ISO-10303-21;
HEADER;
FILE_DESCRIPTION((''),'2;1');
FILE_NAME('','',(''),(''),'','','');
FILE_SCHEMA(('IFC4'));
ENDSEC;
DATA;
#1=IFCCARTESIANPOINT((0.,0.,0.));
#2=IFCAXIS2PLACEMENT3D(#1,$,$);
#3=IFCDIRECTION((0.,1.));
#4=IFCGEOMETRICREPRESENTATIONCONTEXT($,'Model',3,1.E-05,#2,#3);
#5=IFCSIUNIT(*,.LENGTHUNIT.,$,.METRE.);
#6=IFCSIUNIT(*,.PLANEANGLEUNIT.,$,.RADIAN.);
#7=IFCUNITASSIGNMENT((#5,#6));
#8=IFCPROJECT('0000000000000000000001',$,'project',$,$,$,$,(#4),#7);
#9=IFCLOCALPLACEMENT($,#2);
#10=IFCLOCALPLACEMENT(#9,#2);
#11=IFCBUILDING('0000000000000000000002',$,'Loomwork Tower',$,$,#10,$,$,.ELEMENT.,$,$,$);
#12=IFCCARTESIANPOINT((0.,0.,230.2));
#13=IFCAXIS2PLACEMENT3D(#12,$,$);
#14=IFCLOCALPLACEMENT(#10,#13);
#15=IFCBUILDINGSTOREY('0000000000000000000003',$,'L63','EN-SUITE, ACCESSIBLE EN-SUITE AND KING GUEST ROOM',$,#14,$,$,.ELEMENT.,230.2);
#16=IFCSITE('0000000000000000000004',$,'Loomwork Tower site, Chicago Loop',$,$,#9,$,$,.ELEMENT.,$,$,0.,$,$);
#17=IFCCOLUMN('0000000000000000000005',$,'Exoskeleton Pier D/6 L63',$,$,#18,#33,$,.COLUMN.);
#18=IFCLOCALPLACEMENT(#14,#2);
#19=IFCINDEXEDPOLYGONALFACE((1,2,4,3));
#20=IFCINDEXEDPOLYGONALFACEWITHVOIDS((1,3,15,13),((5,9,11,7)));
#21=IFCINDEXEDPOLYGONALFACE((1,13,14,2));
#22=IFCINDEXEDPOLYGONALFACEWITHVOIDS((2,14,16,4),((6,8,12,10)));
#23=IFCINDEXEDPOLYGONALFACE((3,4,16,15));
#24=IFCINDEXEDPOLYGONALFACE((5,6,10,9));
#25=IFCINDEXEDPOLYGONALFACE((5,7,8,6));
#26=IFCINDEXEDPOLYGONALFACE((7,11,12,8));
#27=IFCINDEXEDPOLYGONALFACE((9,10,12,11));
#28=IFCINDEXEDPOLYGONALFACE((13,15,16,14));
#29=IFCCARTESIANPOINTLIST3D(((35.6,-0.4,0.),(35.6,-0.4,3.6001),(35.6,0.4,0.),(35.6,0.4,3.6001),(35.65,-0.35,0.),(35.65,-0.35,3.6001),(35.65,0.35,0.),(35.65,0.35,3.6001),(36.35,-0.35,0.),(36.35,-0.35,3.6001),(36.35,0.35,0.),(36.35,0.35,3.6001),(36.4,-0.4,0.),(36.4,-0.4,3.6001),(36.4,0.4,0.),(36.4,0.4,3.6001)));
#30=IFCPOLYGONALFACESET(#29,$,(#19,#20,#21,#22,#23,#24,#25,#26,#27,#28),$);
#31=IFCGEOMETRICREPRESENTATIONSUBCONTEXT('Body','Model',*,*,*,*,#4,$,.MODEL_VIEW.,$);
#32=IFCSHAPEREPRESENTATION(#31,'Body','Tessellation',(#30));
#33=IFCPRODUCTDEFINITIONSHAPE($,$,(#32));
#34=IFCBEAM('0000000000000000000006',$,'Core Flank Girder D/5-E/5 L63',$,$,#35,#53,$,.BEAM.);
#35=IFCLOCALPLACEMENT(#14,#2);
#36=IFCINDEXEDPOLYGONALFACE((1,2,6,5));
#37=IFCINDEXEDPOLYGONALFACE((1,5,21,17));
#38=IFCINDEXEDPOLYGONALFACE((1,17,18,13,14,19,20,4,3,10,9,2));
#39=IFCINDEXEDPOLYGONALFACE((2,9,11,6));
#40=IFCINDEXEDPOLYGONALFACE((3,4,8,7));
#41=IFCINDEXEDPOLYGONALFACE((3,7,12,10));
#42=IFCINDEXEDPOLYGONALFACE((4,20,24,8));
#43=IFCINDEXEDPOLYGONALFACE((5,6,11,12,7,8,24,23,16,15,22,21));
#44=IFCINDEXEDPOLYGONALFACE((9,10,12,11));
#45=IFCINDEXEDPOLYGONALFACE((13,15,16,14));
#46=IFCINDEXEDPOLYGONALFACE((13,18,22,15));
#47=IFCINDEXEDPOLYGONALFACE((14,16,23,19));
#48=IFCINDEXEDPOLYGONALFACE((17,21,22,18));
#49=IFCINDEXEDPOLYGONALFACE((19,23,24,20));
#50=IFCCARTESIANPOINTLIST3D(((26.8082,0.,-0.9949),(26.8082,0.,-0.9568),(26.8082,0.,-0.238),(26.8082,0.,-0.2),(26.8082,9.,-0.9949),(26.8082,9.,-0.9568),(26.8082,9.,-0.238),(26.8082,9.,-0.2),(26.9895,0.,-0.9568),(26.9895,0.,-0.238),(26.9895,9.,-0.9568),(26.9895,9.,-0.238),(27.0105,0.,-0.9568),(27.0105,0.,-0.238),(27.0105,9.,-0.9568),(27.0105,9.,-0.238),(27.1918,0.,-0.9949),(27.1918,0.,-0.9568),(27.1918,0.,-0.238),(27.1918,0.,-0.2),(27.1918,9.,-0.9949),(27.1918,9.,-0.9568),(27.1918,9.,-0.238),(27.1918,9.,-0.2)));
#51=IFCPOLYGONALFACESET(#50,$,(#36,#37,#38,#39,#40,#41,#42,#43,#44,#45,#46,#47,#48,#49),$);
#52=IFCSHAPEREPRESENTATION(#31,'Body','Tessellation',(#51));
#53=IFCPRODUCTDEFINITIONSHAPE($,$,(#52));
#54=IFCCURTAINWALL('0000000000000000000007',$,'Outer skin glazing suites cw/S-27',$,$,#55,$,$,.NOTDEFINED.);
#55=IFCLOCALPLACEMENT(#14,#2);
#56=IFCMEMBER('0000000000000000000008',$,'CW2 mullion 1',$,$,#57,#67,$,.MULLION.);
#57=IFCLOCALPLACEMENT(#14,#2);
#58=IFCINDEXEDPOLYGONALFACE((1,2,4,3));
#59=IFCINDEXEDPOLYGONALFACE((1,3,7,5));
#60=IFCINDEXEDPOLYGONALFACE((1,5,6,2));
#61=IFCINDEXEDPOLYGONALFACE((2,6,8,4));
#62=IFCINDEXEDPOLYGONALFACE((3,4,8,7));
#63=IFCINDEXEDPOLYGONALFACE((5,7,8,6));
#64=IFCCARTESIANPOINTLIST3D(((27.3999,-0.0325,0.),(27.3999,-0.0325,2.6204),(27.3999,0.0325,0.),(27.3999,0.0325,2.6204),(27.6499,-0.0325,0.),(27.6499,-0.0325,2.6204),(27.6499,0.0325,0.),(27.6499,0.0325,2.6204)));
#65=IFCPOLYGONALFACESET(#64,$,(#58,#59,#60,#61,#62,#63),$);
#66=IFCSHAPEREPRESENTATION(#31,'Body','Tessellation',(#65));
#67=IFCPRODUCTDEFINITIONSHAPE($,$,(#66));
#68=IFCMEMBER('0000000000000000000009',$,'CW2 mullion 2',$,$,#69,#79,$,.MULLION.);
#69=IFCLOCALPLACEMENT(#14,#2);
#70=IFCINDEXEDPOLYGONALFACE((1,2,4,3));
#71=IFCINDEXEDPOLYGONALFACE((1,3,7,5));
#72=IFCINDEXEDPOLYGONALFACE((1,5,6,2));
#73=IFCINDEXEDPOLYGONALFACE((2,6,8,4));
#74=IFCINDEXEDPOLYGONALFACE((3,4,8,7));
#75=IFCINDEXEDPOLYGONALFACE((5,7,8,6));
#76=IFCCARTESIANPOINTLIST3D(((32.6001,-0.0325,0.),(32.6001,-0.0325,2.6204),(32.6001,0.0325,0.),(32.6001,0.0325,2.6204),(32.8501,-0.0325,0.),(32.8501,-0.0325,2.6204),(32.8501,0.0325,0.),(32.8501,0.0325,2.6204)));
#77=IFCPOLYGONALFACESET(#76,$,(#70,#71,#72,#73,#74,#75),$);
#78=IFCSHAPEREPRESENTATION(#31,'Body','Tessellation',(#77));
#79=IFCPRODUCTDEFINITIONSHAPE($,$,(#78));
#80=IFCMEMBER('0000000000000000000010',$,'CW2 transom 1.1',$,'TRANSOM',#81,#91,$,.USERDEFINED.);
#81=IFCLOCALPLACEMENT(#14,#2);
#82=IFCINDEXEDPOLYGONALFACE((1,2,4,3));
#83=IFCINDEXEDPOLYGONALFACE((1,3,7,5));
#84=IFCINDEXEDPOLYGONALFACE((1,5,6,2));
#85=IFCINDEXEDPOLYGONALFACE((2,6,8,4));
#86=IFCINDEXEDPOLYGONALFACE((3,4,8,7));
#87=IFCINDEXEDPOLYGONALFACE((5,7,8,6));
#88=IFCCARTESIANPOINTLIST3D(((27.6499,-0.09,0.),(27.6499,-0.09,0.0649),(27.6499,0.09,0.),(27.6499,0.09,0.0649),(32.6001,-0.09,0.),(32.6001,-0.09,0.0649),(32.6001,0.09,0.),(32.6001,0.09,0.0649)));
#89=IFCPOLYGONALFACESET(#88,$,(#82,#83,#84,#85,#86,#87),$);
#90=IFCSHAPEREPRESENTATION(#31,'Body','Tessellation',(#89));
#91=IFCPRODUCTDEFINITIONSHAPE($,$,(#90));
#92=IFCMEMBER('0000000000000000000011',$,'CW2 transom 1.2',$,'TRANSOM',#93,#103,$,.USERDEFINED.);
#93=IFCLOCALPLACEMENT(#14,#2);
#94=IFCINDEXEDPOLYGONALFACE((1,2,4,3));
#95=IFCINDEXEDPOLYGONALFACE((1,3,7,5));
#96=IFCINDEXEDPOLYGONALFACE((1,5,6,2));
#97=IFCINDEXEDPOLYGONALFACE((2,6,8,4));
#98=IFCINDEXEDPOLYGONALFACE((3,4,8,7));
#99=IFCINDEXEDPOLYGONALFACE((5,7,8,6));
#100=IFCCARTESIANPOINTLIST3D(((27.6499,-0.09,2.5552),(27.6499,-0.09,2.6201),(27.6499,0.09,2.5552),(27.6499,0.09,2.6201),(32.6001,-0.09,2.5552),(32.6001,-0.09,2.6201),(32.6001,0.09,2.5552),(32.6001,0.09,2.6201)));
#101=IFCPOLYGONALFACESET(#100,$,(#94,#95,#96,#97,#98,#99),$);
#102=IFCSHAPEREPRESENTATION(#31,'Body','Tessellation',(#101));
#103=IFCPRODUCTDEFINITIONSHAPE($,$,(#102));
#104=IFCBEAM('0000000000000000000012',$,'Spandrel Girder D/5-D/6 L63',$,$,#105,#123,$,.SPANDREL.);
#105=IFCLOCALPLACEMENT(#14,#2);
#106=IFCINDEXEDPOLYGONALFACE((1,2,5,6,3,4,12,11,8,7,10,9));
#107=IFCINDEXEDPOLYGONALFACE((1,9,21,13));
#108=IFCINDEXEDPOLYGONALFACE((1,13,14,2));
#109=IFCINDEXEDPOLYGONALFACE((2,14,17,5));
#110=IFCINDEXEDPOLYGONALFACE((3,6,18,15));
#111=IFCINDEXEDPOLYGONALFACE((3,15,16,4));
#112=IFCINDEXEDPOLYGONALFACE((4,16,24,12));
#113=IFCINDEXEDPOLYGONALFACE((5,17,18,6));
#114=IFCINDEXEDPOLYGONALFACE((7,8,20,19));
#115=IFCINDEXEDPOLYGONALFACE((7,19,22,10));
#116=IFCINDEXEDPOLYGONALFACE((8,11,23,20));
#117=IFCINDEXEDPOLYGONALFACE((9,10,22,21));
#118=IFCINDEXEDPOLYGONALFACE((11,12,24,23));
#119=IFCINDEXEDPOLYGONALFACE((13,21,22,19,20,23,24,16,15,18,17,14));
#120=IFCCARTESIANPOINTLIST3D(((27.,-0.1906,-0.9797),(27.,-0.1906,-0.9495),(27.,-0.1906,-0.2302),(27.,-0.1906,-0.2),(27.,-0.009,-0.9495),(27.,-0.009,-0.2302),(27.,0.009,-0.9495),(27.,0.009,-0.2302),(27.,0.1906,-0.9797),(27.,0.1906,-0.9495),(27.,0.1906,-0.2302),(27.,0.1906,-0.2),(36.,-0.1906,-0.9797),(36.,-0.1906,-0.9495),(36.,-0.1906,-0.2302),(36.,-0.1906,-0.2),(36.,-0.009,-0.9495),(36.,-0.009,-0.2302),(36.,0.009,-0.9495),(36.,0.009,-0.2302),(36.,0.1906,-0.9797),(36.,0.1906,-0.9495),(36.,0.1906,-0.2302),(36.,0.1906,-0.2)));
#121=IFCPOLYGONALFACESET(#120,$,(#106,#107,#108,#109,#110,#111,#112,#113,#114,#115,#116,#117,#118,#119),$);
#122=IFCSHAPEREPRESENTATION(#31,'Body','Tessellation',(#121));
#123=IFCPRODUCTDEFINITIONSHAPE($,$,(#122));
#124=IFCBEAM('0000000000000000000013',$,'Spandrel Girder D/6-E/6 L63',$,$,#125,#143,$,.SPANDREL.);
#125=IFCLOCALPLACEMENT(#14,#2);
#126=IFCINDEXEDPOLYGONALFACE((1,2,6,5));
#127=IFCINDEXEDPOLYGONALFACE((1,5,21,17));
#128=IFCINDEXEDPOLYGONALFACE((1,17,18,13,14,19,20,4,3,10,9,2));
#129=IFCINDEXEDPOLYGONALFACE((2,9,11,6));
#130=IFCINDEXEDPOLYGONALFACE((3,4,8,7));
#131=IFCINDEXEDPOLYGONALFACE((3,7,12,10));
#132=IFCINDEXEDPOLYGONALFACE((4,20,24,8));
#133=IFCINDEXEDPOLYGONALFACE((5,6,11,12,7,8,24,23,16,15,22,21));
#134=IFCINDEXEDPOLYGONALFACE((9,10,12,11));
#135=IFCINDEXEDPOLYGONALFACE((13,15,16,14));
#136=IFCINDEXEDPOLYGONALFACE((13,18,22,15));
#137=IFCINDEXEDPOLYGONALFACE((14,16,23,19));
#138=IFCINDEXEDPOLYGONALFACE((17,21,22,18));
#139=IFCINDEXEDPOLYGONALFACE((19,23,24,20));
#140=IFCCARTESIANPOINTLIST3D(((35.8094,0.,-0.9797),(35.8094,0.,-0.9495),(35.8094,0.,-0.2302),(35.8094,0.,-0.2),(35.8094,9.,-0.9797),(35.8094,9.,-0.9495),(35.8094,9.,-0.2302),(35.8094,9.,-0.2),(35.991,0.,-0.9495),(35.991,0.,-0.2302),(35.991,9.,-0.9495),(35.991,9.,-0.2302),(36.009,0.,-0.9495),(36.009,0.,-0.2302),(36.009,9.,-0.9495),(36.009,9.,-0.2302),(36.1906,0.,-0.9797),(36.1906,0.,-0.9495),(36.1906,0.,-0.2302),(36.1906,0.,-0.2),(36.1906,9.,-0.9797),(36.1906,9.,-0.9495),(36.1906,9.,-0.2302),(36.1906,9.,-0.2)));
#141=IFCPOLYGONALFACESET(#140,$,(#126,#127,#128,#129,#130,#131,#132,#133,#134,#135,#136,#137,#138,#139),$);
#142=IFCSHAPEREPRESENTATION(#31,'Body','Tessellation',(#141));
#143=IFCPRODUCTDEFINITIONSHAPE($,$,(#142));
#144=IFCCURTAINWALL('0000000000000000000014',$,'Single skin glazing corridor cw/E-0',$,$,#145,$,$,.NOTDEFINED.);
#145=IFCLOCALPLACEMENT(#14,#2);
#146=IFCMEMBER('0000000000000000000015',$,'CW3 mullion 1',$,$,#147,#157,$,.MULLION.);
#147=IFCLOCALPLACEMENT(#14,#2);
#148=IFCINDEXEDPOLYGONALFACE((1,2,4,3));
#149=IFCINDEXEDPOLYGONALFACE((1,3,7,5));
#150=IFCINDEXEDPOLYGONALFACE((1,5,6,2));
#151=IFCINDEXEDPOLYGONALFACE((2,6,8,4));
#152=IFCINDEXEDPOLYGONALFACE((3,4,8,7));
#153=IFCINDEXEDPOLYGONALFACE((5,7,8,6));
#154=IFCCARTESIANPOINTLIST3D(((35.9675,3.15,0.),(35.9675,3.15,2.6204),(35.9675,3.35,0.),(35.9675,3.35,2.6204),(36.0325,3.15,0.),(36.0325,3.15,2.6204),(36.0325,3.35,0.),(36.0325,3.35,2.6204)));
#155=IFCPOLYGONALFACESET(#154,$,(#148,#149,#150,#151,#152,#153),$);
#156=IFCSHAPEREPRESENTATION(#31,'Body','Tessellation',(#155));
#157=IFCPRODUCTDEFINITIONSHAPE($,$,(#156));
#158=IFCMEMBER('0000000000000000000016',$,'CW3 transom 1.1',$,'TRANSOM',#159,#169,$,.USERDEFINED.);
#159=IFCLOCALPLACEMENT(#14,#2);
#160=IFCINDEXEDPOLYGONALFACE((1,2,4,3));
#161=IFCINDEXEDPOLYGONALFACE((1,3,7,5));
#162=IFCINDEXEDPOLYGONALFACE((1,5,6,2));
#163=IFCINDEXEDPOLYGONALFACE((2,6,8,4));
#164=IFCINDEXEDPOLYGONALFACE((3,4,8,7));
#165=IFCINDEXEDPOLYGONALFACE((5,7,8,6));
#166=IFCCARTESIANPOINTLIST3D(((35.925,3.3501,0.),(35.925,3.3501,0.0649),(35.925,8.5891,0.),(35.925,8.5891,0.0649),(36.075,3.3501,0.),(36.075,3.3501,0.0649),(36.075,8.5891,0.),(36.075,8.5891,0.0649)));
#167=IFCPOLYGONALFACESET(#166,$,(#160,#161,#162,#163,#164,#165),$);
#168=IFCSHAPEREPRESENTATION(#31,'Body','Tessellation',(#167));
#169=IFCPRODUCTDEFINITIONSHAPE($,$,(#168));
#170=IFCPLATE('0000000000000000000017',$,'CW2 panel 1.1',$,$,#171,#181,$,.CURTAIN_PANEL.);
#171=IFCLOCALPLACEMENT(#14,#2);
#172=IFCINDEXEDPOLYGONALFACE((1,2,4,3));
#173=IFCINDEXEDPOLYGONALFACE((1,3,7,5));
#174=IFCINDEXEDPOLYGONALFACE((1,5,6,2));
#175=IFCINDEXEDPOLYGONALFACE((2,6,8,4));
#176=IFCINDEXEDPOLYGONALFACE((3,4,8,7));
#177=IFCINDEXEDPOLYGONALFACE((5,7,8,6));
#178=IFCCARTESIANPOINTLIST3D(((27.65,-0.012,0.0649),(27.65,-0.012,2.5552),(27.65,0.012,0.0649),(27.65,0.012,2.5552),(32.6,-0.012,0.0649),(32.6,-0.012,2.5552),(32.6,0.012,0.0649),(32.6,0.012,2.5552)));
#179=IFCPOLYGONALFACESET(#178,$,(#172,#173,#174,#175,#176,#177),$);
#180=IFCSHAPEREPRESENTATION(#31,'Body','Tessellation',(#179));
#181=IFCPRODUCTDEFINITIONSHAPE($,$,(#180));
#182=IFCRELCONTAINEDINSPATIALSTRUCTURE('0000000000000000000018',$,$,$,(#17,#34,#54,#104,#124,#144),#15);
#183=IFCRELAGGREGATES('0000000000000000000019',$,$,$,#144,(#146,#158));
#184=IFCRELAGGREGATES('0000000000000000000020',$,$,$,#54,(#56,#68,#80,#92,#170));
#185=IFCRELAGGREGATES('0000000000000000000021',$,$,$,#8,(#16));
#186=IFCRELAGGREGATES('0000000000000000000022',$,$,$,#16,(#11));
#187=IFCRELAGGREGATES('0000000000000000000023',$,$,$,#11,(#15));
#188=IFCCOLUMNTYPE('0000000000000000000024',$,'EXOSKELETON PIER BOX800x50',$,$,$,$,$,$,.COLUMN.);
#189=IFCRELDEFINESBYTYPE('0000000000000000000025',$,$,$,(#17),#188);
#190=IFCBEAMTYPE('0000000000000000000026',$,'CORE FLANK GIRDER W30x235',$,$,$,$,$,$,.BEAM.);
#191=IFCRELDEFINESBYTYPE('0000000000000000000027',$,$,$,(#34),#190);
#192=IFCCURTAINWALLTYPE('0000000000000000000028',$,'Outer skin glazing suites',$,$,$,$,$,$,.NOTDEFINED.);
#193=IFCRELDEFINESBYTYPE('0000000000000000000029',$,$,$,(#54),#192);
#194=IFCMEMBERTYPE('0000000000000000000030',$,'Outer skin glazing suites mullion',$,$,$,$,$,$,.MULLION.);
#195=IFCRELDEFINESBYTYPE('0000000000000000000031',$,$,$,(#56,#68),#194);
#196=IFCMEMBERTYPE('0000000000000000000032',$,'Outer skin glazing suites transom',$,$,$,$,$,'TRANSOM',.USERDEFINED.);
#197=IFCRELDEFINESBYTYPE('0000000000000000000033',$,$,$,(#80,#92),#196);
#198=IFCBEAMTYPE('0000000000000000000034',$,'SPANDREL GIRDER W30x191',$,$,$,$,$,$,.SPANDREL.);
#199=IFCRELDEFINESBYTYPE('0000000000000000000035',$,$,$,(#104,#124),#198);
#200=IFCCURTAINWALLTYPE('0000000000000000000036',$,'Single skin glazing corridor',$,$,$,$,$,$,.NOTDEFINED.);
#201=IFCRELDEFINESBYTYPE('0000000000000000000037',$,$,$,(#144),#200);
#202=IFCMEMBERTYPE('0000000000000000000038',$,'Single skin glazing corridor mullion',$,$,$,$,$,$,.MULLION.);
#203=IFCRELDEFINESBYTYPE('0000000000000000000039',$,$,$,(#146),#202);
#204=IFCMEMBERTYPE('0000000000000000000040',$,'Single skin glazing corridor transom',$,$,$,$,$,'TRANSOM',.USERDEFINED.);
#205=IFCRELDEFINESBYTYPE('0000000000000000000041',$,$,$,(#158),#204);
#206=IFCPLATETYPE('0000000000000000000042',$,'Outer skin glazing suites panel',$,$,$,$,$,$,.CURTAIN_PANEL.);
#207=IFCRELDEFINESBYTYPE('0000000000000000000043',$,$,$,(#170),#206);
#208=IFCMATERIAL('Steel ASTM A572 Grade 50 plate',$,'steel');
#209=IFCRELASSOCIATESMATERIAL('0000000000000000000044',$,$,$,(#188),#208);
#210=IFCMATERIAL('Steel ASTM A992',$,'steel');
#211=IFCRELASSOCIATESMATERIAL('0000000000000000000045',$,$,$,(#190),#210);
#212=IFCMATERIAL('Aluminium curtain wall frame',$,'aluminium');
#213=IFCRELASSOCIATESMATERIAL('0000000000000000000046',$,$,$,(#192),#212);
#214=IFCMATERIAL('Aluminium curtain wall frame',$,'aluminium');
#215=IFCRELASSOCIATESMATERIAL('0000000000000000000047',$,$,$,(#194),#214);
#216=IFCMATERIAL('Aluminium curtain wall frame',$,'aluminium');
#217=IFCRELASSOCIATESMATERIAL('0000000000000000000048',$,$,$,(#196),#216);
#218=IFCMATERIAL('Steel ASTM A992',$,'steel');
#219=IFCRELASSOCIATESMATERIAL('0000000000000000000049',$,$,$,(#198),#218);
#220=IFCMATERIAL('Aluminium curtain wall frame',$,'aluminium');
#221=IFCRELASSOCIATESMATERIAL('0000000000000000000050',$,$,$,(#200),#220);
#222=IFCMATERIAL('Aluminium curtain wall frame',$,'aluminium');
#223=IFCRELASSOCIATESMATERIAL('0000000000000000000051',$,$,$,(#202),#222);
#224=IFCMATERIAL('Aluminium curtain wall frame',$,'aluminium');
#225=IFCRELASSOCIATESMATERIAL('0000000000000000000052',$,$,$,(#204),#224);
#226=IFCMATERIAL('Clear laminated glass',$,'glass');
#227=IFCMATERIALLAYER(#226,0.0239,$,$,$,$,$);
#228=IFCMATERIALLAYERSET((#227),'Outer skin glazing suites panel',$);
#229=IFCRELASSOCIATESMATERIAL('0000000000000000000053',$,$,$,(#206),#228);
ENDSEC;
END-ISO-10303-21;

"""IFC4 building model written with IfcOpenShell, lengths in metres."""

from ifc_helpers import new_model, si_unit, direction, frame, origin, origin_2d, place, context, subcontext, project, spatial, rectangle, hollow_rectangle, i_section, extrude, material, layer, layer_set, material_profile, profile_set, type_object, element, aggregate, save


model = new_model("IFC4")

# Units and contexts
model_context = context("Model", 3, precision=1e-05, world=origin(), true_north=direction((0.0, 1.0)))
body_context = subcontext(model_context, "Body", "Model", "MODEL_VIEW")
ifc_project = project(units=[si_unit("LENGTHUNIT", "METRE"), si_unit("PLANEANGLEUNIT", "RADIAN")], contexts=[model_context])

# Site, building, storey
site_placement = place(None, origin())
site = spatial("IfcSite", under=ifc_project, at=site_placement, Name="Loomwork Tower site, Chicago Loop", CompositionType="ELEMENT", RefElevation=0.0)
building_placement = place(site_placement, origin())
building = spatial("IfcBuilding", under=site, at=building_placement, Name="Loomwork Tower", CompositionType="ELEMENT")
storey_placement = place(building_placement, frame((0.0, 0.0, 230.2)))
storey = spatial("IfcBuildingStorey", under=building, at=storey_placement, Name="L63", Description="EN-SUITE, ACCESSIBLE EN-SUITE AND KING GUEST ROOM", CompositionType="ELEMENT", Elevation=230.2)

# Column
ifc_material_1 = material(Name="Steel ASTM A572 Grade 50 plate", Category="steel")
ifc_material_profile_1 = material_profile(ifc_material_1, hollow_rectangle(XDim=0.8, YDim=0.8, WallThickness=0.05, at=origin_2d()), Name="BOX800x50")
ifc_profile_set_1 = profile_set([ifc_material_profile_1], Name="Steel ASTM A572 Grade 50 plate")
column_type = type_object("IfcColumnType", Name="EXOSKELETON PIER BOX800x50", PredefinedType="COLUMN", material=ifc_profile_set_1)
column_placement = place(storey_placement, frame((36.0, 0.0, 0.0), z_axis=(0.0, 0.0, 1.0), x_axis=(1.0, 0.0, 0.0)))
element("IfcColumn", 1, at=column_placement, inside=storey, type_object=column_type, Name="Exoskeleton Pier D/6 L63", PredefinedType="COLUMN", context=body_context, shape_type="SweptSolid", body=[
    extrude(hollow_rectangle(XDim=0.8, YDim=0.8, WallThickness=0.05, at=origin_2d()), origin(), (0.0, 0.0, 1.0), 3.6001),
])

# Beam
ifc_material_2 = material(Name="Steel ASTM A992", Category="steel")
ifc_material_profile_2 = material_profile(ifc_material_2, i_section(OverallWidth=0.3835, OverallDepth=0.7949, WebThickness=0.021, FlangeThickness=0.0381, at=origin_2d()), Name="W30x235")
ifc_profile_set_2 = profile_set([ifc_material_profile_2], Name="Steel ASTM A992")
beam_type_1 = type_object("IfcBeamType", Name="CORE FLANK GIRDER W30x235", PredefinedType="BEAM", material=ifc_profile_set_2)
beam_placement = place(storey_placement, frame((27.0, 0.0, -0.5974), z_axis=(0.0, 1.0, 0.0), x_axis=(-1.0, 0.0, 0.0)))
element("IfcBeam", 2, at=beam_placement, inside=storey, type_object=beam_type_1, Name="Core Flank Girder D/5-E/5 L63", PredefinedType="BEAM", context=body_context, shape_type="SweptSolid", body=[
    extrude(i_section(OverallWidth=0.3835, OverallDepth=0.7949, WebThickness=0.021, FlangeThickness=0.0381, at=origin_2d()), origin(), (0.0, 0.0, 1.0), 9.0),
])

# Curtain wall, members
ifc_material_3 = material(Name="Aluminium curtain wall frame", Category="aluminium")
curtain_wall_type_1 = type_object("IfcCurtainWallType", Name="Outer skin glazing suites", PredefinedType="NOTDEFINED", material=ifc_material_3)
curtain_wall_1_placement = place(storey_placement, origin())
curtain_wall_1 = element("IfcCurtainWall", 3, at=curtain_wall_1_placement, inside=storey, type_object=curtain_wall_type_1, Name="Outer skin glazing suites cw/S-27", PredefinedType="NOTDEFINED")
ifc_material_4 = material(Name="Aluminium curtain wall frame", Category="aluminium")
ifc_material_profile_3 = material_profile(ifc_material_4, rectangle(XDim=0.0649, YDim=0.25, at=origin_2d()), Name="AL 65x250")
ifc_profile_set_3 = profile_set([ifc_material_profile_3], Name="Aluminium curtain wall frame")
member_type_1 = type_object("IfcMemberType", Name="Outer skin glazing suites mullion", PredefinedType="MULLION", material=ifc_profile_set_3)
member_1_placement = place(storey_placement, frame((27.5249, 0.0, 0.0), z_axis=(0.0, 0.0, 1.0), x_axis=(0.0, 1.0, 0.0)))
member_1 = element("IfcMember", 4, at=member_1_placement, type_object=member_type_1, Name="CW2 mullion 1", PredefinedType="MULLION", context=body_context, shape_type="SweptSolid", body=[
    extrude(rectangle(XDim=0.0649, YDim=0.25, at=origin_2d()), origin(), (0.0, 0.0, 1.0), 2.6204),
])
member_2_placement = place(storey_placement, frame((32.7251, 0.0, 0.0), z_axis=(0.0, 0.0, 1.0), x_axis=(0.0, 1.0, 0.0)))
member_2 = element("IfcMember", 5, at=member_2_placement, type_object=member_type_1, Name="CW2 mullion 2", PredefinedType="MULLION", context=body_context, shape_type="SweptSolid", body=[
    extrude(rectangle(XDim=0.0649, YDim=0.25, at=origin_2d()), origin(), (0.0, 0.0, 1.0), 2.6204),
])
ifc_material_5 = material(Name="Aluminium curtain wall frame", Category="aluminium")
ifc_material_profile_4 = material_profile(ifc_material_5, rectangle(XDim=0.1799, YDim=0.0649, at=origin_2d()), Name="AL 65x180")
ifc_profile_set_4 = profile_set([ifc_material_profile_4], Name="Aluminium curtain wall frame")
member_type_2 = type_object("IfcMemberType", Name="Outer skin glazing suites transom", ElementType="TRANSOM", PredefinedType="USERDEFINED", material=ifc_profile_set_4)
member_3_placement = place(storey_placement, frame((27.6499, 0.0, 0.0325), z_axis=(1.0, 0.0, 0.0), x_axis=(0.0, 1.0, 0.0)))
member_3 = element("IfcMember", 6, at=member_3_placement, type_object=member_type_2, Name="CW2 transom 1.1", ObjectType="TRANSOM", PredefinedType="USERDEFINED", context=body_context, shape_type="SweptSolid", body=[
    extrude(rectangle(XDim=0.1799, YDim=0.0649, at=origin_2d()), origin(), (0.0, 0.0, 1.0), 4.9502),
])
member_4_placement = place(storey_placement, frame((27.6499, 0.0, 2.5876), z_axis=(1.0, 0.0, 0.0), x_axis=(0.0, 1.0, 0.0)))
member_4 = element("IfcMember", 7, at=member_4_placement, type_object=member_type_2, Name="CW2 transom 1.2", ObjectType="TRANSOM", PredefinedType="USERDEFINED", context=body_context, shape_type="SweptSolid", body=[
    extrude(rectangle(XDim=0.1799, YDim=0.0649, at=origin_2d()), origin(), (0.0, 0.0, 1.0), 4.9502),
])

# Beams
ifc_material_6 = material(Name="Steel ASTM A992", Category="steel")
ifc_material_profile_5 = material_profile(ifc_material_6, i_section(OverallWidth=0.3811, OverallDepth=0.7798, WebThickness=0.0181, FlangeThickness=0.0303, at=origin_2d()), Name="W30x191")
ifc_profile_set_5 = profile_set([ifc_material_profile_5], Name="Steel ASTM A992")
beam_type_2 = type_object("IfcBeamType", Name="SPANDREL GIRDER W30x191", PredefinedType="SPANDREL", material=ifc_profile_set_5)
for number, where, z_axis, x_axis, name in (
    (8, (27.0, 0.0, -0.5898), (1.0, 0.0, 0.0), (0.0, 1.0, 0.0), "Spandrel Girder D/5-D/6 L63"),
    (9, (36.0, 0.0, -0.5898), (0.0, 1.0, 0.0), (-1.0, 0.0, 0.0), "Spandrel Girder D/6-E/6 L63"),
):
    element("IfcBeam", number, at=place(storey_placement, frame(where, z_axis=z_axis, x_axis=x_axis)), inside=storey, type_object=beam_type_2, Name=name, PredefinedType="SPANDREL", context=body_context, shape_type="SweptSolid", body=[
        extrude(i_section(OverallWidth=0.3811, OverallDepth=0.7798, WebThickness=0.0181, FlangeThickness=0.0303, at=origin_2d()), origin(), (0.0, 0.0, 1.0), 9.0),
    ])

# Curtain wall, members
ifc_material_7 = material(Name="Aluminium curtain wall frame", Category="aluminium")
curtain_wall_type_2 = type_object("IfcCurtainWallType", Name="Single skin glazing corridor", PredefinedType="NOTDEFINED", material=ifc_material_7)
curtain_wall_2_placement = place(storey_placement, origin())
curtain_wall_2 = element("IfcCurtainWall", 10, at=curtain_wall_2_placement, inside=storey, type_object=curtain_wall_type_2, Name="Single skin glazing corridor cw/E-0", PredefinedType="NOTDEFINED")
ifc_material_8 = material(Name="Aluminium curtain wall frame", Category="aluminium")
ifc_material_profile_6 = material_profile(ifc_material_8, rectangle(XDim=0.0649, YDim=0.2, at=origin_2d()), Name="AL 65x200")
ifc_profile_set_6 = profile_set([ifc_material_profile_6], Name="Aluminium curtain wall frame")
member_type_3 = type_object("IfcMemberType", Name="Single skin glazing corridor mullion", PredefinedType="MULLION", material=ifc_profile_set_6)
member_5_placement = place(storey_placement, frame((36.0, 3.25, 0.0), z_axis=(0.0, 0.0, 1.0), x_axis=(-1.0, 0.0, 0.0)))
member_5 = element("IfcMember", 11, at=member_5_placement, type_object=member_type_3, Name="CW3 mullion 1", PredefinedType="MULLION", context=body_context, shape_type="SweptSolid", body=[
    extrude(rectangle(XDim=0.0649, YDim=0.2, at=origin_2d()), origin(), (0.0, 0.0, 1.0), 2.6204),
])
ifc_material_9 = material(Name="Aluminium curtain wall frame", Category="aluminium")
ifc_material_profile_7 = material_profile(ifc_material_9, rectangle(XDim=0.1499, YDim=0.0649, at=origin_2d()), Name="AL 65x150")
ifc_profile_set_7 = profile_set([ifc_material_profile_7], Name="Aluminium curtain wall frame")
member_type_4 = type_object("IfcMemberType", Name="Single skin glazing corridor transom", ElementType="TRANSOM", PredefinedType="USERDEFINED", material=ifc_profile_set_7)
member_6_placement = place(storey_placement, frame((36.0, 3.3501, 0.0325), z_axis=(0.0, 1.0, 0.0), x_axis=(-1.0, 0.0, 0.0)))
member_6 = element("IfcMember", 12, at=member_6_placement, type_object=member_type_4, Name="CW3 transom 1.1", ObjectType="TRANSOM", PredefinedType="USERDEFINED", context=body_context, shape_type="SweptSolid", body=[
    extrude(rectangle(XDim=0.1499, YDim=0.0649, at=origin_2d()), origin(), (0.0, 0.0, 1.0), 5.239),
])
aggregate(curtain_wall_2, [member_5, member_6])

# Plate
ifc_material_10 = material(Name="Clear laminated glass", Category="glass")
ifc_layer_1 = layer(ifc_material_10, 0.0239)
ifc_layer_set_1 = layer_set([ifc_layer_1], Name="Outer skin glazing suites panel")
plate_type = type_object("IfcPlateType", Name="Outer skin glazing suites panel", PredefinedType="CURTAIN_PANEL", material=ifc_layer_set_1)
plate_placement = place(storey_placement, frame((30.125, 0.0, 0.0649), z_axis=(0.0, 0.0, 1.0), x_axis=(1.0, 0.0, 0.0)))
plate = element("IfcPlate", 13, at=plate_placement, type_object=plate_type, Name="CW2 panel 1.1", PredefinedType="CURTAIN_PANEL", context=body_context, shape_type="SweptSolid", body=[
    extrude(rectangle(XDim=4.95, YDim=0.0239, at=origin_2d()), origin(), (0.0, 0.0, 1.0), 2.4902),
])
aggregate(curtain_wall_1, [member_1, member_2, member_3, member_4, plate])

save(model, "model.ifc")
